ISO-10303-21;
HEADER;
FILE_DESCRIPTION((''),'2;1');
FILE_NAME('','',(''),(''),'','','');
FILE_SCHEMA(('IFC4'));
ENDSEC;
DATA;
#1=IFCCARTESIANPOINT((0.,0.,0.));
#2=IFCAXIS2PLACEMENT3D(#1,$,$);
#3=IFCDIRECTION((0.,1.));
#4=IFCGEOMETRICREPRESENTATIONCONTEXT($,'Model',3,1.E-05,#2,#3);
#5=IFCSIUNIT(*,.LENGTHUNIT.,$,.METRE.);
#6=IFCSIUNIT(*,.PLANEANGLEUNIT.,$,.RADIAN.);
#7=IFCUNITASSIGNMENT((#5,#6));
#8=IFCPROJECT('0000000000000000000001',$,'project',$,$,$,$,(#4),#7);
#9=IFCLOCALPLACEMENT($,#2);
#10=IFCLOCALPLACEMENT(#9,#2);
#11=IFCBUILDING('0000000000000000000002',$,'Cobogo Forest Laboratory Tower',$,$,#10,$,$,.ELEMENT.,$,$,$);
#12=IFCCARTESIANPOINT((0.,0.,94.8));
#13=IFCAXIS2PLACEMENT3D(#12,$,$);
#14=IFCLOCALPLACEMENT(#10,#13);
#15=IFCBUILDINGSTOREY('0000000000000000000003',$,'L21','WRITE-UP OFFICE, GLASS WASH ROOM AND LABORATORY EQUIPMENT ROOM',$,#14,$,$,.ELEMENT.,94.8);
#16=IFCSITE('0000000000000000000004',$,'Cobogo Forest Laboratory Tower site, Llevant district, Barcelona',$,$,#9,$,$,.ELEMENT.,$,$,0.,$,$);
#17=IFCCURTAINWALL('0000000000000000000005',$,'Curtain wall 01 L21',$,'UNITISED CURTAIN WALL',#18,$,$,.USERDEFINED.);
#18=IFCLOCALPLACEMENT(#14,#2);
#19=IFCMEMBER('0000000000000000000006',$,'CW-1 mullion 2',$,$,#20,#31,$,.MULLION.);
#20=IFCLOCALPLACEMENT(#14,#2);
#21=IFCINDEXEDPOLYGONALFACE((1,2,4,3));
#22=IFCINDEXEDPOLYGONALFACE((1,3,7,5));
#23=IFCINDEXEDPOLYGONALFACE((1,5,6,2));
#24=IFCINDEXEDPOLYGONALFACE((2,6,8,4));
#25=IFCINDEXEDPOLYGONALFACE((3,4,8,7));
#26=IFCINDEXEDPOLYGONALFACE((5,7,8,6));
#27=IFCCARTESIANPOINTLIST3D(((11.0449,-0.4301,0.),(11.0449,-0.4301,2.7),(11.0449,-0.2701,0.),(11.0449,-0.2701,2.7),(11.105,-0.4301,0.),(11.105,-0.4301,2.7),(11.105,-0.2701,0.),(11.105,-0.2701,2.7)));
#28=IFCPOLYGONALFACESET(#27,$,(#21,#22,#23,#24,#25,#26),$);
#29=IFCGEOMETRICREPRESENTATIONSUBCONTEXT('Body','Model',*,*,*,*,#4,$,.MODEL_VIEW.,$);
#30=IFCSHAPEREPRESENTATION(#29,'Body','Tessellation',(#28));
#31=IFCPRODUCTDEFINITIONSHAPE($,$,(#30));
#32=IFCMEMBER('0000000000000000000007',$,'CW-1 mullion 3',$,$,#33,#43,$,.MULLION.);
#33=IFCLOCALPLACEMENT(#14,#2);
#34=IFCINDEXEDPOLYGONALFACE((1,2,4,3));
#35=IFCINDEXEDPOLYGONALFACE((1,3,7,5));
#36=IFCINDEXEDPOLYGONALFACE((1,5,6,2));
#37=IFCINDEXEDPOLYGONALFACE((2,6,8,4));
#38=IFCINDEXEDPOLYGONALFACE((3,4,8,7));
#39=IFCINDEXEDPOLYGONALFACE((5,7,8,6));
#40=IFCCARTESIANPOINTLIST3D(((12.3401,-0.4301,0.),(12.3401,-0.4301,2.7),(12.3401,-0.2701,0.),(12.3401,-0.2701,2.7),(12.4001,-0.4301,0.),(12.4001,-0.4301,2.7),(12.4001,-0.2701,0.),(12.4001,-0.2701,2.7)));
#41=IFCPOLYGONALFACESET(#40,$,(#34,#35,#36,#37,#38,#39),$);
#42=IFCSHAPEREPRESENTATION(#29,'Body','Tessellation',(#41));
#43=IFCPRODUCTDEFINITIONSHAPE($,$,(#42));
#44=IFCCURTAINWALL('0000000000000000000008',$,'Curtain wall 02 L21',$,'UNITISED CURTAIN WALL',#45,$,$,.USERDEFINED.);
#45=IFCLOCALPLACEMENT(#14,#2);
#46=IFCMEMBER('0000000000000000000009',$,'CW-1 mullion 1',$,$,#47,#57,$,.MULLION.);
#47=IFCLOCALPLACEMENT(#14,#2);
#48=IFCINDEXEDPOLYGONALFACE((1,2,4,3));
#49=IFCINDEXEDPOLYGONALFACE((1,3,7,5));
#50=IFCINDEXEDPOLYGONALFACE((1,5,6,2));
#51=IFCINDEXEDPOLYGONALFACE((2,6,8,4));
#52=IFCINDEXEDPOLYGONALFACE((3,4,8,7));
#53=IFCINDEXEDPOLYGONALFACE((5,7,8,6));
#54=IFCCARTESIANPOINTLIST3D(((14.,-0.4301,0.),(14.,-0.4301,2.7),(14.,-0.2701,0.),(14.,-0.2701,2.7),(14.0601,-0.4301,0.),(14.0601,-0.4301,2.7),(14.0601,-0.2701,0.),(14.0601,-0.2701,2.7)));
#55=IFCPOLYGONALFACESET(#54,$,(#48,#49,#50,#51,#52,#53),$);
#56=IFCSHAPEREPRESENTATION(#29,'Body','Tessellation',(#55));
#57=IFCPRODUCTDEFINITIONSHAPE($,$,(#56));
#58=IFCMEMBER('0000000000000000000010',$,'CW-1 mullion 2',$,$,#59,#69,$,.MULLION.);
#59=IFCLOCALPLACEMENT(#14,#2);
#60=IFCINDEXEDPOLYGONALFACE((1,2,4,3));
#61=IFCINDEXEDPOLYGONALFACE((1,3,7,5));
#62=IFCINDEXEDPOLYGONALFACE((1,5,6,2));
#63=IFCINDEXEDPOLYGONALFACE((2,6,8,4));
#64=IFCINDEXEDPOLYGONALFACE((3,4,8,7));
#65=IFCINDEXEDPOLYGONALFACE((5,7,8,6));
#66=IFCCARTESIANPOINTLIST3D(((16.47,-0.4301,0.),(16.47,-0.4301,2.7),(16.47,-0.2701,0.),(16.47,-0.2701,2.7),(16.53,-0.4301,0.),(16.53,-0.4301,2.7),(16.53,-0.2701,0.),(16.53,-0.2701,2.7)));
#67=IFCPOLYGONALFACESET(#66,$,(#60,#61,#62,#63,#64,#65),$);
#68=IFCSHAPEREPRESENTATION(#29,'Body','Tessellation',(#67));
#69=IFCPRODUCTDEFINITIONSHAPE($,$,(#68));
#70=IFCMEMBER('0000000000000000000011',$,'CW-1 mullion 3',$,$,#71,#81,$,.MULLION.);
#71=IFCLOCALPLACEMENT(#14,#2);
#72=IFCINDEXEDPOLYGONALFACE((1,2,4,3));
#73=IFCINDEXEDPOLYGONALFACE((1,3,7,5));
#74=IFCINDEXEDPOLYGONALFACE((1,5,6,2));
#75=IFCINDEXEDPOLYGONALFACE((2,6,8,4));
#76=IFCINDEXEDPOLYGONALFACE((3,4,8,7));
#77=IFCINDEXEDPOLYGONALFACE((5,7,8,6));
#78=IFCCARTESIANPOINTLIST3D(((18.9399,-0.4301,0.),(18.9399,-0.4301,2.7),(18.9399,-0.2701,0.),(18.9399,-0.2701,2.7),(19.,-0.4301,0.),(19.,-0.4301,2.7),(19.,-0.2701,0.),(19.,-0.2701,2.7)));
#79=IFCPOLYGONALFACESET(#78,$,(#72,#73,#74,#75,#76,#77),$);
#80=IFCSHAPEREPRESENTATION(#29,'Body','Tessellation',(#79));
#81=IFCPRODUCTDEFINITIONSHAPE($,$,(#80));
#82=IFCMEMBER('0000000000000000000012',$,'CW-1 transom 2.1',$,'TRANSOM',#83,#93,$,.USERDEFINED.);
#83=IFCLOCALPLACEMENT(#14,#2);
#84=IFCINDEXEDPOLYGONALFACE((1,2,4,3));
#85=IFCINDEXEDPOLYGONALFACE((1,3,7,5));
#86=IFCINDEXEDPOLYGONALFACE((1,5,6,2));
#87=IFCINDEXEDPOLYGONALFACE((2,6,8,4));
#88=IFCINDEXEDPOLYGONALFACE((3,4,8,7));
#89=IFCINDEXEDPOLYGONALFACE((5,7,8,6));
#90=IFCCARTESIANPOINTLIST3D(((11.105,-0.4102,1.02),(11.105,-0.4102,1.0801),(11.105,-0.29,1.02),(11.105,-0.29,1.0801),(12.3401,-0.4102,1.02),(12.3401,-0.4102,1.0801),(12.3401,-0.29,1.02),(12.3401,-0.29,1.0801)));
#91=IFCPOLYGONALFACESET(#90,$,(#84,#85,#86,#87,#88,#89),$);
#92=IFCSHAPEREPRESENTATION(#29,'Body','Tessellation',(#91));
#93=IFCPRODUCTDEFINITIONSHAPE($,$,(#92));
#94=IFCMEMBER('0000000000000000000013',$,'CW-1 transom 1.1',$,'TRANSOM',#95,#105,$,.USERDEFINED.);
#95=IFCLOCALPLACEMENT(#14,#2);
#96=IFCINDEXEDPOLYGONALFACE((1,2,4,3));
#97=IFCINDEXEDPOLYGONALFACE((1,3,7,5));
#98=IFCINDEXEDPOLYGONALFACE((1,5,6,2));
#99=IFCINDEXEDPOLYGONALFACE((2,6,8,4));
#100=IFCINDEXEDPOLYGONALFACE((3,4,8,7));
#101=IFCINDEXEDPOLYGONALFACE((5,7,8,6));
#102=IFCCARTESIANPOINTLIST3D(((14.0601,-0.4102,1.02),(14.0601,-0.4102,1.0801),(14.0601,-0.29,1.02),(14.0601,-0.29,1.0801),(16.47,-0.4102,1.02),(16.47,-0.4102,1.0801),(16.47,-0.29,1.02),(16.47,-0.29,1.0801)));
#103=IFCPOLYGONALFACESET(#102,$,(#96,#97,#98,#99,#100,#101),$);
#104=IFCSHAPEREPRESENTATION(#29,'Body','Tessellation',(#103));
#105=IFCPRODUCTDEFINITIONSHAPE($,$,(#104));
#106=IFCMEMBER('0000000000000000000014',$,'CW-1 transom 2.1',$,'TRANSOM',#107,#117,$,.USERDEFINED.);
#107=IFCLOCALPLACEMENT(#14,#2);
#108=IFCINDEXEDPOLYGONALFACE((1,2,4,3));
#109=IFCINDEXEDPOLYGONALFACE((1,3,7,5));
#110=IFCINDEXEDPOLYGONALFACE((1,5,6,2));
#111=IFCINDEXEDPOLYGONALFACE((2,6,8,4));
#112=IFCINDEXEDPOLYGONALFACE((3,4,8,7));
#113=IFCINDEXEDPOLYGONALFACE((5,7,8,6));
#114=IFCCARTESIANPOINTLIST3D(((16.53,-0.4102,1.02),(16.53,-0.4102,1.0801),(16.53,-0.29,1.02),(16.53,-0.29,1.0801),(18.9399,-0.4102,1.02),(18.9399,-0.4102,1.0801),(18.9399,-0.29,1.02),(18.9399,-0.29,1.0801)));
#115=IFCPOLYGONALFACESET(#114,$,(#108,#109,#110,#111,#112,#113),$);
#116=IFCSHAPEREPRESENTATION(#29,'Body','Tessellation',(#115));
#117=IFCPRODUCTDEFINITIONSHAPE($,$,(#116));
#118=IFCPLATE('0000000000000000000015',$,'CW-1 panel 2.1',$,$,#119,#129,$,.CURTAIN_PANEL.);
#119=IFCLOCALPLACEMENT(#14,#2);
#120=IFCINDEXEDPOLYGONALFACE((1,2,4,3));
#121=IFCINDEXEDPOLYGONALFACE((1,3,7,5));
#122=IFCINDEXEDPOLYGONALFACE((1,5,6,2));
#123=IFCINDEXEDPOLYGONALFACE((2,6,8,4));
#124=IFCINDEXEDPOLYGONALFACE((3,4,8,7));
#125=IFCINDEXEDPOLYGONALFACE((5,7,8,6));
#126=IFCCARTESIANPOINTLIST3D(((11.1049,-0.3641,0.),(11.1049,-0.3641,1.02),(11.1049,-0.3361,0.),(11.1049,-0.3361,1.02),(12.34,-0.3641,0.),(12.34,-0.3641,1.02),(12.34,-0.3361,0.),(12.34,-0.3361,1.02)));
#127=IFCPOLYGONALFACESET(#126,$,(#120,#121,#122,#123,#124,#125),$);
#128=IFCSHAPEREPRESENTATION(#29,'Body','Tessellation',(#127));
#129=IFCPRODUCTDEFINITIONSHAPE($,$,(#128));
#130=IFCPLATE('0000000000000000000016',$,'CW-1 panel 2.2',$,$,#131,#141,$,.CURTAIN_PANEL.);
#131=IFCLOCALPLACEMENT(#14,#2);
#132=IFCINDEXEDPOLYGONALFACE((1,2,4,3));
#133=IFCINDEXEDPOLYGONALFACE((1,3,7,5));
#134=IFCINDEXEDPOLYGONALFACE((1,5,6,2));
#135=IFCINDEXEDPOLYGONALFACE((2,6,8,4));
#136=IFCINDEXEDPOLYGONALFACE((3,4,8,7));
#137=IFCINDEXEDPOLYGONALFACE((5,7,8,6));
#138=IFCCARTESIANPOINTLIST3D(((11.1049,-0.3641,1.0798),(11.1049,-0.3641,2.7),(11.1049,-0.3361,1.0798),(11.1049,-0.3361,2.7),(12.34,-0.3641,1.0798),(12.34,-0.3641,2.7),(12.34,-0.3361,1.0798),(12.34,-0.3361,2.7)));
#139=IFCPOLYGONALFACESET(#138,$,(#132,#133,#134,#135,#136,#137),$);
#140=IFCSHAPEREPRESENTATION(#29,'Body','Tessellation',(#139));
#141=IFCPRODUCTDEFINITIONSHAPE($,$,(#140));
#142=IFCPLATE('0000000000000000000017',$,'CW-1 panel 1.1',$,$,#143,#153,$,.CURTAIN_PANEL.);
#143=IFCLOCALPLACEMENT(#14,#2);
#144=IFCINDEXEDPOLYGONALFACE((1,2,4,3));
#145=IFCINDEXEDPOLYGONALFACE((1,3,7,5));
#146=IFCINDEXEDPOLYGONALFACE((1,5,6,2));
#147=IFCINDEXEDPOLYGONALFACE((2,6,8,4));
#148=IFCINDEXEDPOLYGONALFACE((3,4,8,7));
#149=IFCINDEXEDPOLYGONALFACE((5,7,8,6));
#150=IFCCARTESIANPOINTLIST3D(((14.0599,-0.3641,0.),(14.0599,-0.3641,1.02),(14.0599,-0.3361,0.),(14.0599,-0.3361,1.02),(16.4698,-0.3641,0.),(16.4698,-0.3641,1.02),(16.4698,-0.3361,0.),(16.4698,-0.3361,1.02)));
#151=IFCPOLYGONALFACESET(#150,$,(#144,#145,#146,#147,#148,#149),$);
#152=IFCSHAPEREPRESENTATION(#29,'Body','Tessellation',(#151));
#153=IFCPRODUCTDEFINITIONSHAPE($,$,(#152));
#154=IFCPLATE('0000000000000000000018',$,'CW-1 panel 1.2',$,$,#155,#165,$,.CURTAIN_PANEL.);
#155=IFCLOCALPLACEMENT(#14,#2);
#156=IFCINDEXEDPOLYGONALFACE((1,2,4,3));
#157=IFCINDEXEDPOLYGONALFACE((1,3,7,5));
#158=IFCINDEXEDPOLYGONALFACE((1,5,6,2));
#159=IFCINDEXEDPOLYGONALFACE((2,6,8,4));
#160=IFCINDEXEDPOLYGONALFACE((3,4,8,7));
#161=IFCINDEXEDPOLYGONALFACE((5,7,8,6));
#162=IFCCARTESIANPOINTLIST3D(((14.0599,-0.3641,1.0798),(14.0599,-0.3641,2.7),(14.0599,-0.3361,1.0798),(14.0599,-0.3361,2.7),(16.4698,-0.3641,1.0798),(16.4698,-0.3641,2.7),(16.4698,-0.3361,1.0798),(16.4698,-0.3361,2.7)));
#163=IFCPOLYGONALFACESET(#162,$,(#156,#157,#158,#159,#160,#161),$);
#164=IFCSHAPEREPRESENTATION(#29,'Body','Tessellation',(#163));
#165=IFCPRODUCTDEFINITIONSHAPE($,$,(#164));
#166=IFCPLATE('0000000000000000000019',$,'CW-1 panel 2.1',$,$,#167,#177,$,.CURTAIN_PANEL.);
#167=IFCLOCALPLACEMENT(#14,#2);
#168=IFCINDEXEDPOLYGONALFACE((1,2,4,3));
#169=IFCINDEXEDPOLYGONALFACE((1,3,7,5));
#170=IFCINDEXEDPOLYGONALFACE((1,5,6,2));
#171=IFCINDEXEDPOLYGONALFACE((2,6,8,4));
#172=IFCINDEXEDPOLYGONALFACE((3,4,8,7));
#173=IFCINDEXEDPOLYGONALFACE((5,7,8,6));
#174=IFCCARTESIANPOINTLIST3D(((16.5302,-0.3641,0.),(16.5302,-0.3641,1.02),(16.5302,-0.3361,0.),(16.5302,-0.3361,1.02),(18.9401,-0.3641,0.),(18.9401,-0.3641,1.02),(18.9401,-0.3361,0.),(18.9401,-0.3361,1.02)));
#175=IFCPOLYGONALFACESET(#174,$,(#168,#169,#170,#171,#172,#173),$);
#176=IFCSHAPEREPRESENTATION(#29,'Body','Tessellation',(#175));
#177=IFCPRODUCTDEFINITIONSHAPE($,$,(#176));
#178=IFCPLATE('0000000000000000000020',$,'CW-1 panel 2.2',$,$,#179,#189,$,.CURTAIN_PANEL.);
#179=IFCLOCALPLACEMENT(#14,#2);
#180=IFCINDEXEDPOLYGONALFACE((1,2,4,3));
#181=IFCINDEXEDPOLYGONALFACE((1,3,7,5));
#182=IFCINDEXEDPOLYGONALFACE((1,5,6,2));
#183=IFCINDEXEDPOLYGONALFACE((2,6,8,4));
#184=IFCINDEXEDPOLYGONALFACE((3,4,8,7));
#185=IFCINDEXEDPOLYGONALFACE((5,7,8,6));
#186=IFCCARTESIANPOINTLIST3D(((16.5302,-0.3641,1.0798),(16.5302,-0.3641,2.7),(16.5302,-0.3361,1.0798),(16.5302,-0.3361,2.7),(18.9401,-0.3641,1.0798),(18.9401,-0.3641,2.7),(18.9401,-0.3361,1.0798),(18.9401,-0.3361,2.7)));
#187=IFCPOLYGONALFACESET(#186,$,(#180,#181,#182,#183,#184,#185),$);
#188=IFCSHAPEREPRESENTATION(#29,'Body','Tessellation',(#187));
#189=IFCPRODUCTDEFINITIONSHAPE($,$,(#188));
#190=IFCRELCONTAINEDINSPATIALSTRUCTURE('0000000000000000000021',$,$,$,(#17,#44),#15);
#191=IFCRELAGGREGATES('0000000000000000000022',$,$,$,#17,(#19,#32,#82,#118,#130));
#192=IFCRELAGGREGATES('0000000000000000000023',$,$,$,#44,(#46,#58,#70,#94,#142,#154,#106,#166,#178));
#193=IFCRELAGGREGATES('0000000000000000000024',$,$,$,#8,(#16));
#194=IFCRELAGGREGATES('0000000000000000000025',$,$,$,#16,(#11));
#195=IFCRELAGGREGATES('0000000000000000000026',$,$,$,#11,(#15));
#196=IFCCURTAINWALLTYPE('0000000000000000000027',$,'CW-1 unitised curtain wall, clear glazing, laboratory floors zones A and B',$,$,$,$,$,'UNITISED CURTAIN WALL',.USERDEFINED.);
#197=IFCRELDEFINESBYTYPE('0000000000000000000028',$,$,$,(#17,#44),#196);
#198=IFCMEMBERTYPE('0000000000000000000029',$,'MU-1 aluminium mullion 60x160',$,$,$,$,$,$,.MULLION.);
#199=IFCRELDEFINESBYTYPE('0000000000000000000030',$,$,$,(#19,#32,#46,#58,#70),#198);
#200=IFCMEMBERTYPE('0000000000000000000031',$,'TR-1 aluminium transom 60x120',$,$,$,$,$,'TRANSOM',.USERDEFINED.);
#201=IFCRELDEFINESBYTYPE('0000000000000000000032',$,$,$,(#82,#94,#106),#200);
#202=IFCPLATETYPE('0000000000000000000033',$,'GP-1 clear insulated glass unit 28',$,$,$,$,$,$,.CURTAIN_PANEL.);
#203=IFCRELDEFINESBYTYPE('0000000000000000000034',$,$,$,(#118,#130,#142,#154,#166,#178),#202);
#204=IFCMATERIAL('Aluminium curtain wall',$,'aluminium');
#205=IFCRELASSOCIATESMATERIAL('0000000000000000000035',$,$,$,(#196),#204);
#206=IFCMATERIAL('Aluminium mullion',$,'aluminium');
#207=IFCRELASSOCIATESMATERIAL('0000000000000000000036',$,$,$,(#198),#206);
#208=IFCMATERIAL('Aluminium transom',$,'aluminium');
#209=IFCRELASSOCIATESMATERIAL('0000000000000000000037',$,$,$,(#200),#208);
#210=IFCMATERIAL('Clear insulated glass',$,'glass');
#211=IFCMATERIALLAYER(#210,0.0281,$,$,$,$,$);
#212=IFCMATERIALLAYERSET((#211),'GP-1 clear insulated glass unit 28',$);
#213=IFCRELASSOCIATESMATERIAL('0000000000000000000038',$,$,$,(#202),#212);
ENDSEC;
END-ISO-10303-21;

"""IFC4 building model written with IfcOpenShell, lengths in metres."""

from ifc_helpers import new_model, si_unit, direction, frame, origin, origin_2d, place, context, subcontext, project, spatial, rectangle, extrude, material, layer, layer_set, material_profile, profile_set, type_object, element, aggregate, save


model = new_model("IFC4")

# Units and contexts
model_context = context("Model", 3, precision=1e-05, world=origin(), true_north=direction((0.0, 1.0)))
body_context = subcontext(model_context, "Body", "Model", "MODEL_VIEW")
ifc_project = project(units=[si_unit("LENGTHUNIT", "METRE"), si_unit("PLANEANGLEUNIT", "RADIAN")], contexts=[model_context])

# Site, building, storey
site_placement = place(None, origin())
site = spatial("IfcSite", under=ifc_project, at=site_placement, Name="Cobogo Forest Laboratory Tower site, Llevant district, Barcelona", CompositionType="ELEMENT", RefElevation=0.0)
building_placement = place(site_placement, origin())
building = spatial("IfcBuilding", under=site, at=building_placement, Name="Cobogo Forest Laboratory Tower", CompositionType="ELEMENT")
storey_placement = place(building_placement, frame((0.0, 0.0, 94.8)))
storey = spatial("IfcBuildingStorey", under=building, at=storey_placement, Name="L21", Description="WRITE-UP OFFICE, GLASS WASH ROOM AND LABORATORY EQUIPMENT ROOM", CompositionType="ELEMENT", Elevation=94.8)

# Curtain walls, members
ifc_material_1 = material(Name="Aluminium curtain wall", Category="aluminium")
curtain_wall_type = type_object("IfcCurtainWallType", Name="CW-1 unitised curtain wall, clear glazing, laboratory floors zones A and B", ElementType="UNITISED CURTAIN WALL", PredefinedType="USERDEFINED", material=ifc_material_1)
curtain_wall_1_placement = place(storey_placement, origin())
curtain_wall_1 = element("IfcCurtainWall", 1, at=curtain_wall_1_placement, inside=storey, type_object=curtain_wall_type, Name="Curtain wall 01 L21", ObjectType="UNITISED CURTAIN WALL", PredefinedType="USERDEFINED")
ifc_material_2 = material(Name="Aluminium mullion", Category="aluminium")
ifc_material_profile_1 = material_profile(ifc_material_2, rectangle(XDim=0.0601, YDim=0.1599, at=origin_2d()), Name="AL 60x160")
ifc_profile_set_1 = profile_set([ifc_material_profile_1], Name="Aluminium mullion")
member_type_1 = type_object("IfcMemberType", Name="MU-1 aluminium mullion 60x160", PredefinedType="MULLION", material=ifc_profile_set_1)
member_1_placement = place(storey_placement, frame((11.075, -0.3501, 0.0), z_axis=(0.0, 0.0, 1.0), x_axis=(1.0, 0.0, 0.0)))
member_1 = element("IfcMember", 2, at=member_1_placement, type_object=member_type_1, Name="CW-1 mullion 2", PredefinedType="MULLION", context=body_context, shape_type="SweptSolid", body=[
    extrude(rectangle(XDim=0.0601, YDim=0.1599, at=origin_2d()), origin(), (0.0, 0.0, 1.0), 2.7),
])
member_2_placement = place(storey_placement, frame((12.3701, -0.3501, 0.0), z_axis=(0.0, 0.0, 1.0), x_axis=(1.0, 0.0, 0.0)))
member_2 = element("IfcMember", 3, at=member_2_placement, type_object=member_type_1, Name="CW-1 mullion 3", PredefinedType="MULLION", context=body_context, shape_type="SweptSolid", body=[
    extrude(rectangle(XDim=0.0601, YDim=0.1599, at=origin_2d()), origin(), (0.0, 0.0, 1.0), 2.7),
])
curtain_wall_2_placement = place(storey_placement, origin())
curtain_wall_2 = element("IfcCurtainWall", 4, at=curtain_wall_2_placement, inside=storey, type_object=curtain_wall_type, Name="Curtain wall 02 L21", ObjectType="UNITISED CURTAIN WALL", PredefinedType="USERDEFINED")
member_3_placement = place(storey_placement, frame((14.03, -0.3501, 0.0), z_axis=(0.0, 0.0, 1.0), x_axis=(1.0, 0.0, 0.0)))
member_3 = element("IfcMember", 5, at=member_3_placement, type_object=member_type_1, Name="CW-1 mullion 1", PredefinedType="MULLION", context=body_context, shape_type="SweptSolid", body=[
    extrude(rectangle(XDim=0.0601, YDim=0.1599, at=origin_2d()), origin(), (0.0, 0.0, 1.0), 2.7),
])
member_4_placement = place(storey_placement, frame((16.5, -0.3501, 0.0), z_axis=(0.0, 0.0, 1.0), x_axis=(1.0, 0.0, 0.0)))
member_4 = element("IfcMember", 6, at=member_4_placement, type_object=member_type_1, Name="CW-1 mullion 2", PredefinedType="MULLION", context=body_context, shape_type="SweptSolid", body=[
    extrude(rectangle(XDim=0.0601, YDim=0.1599, at=origin_2d()), origin(), (0.0, 0.0, 1.0), 2.7),
])
member_5_placement = place(storey_placement, frame((18.97, -0.3501, 0.0), z_axis=(0.0, 0.0, 1.0), x_axis=(1.0, 0.0, 0.0)))
member_5 = element("IfcMember", 7, at=member_5_placement, type_object=member_type_1, Name="CW-1 mullion 3", PredefinedType="MULLION", context=body_context, shape_type="SweptSolid", body=[
    extrude(rectangle(XDim=0.0601, YDim=0.1599, at=origin_2d()), origin(), (0.0, 0.0, 1.0), 2.7),
])

# Members
ifc_material_3 = material(Name="Aluminium transom", Category="aluminium")
ifc_material_profile_2 = material_profile(ifc_material_3, rectangle(XDim=0.1201, YDim=0.0601, at=origin_2d()), Name="AL 60x120")
ifc_profile_set_2 = profile_set([ifc_material_profile_2], Name="Aluminium transom")
member_type_2 = type_object("IfcMemberType", Name="TR-1 aluminium transom 60x120", ElementType="TRANSOM", PredefinedType="USERDEFINED", material=ifc_profile_set_2)
member_6_placement = place(storey_placement, frame((11.105, -0.3501, 1.05), z_axis=(1.0, 0.0, 0.0), x_axis=(0.0, 1.0, 0.0)))
member_6 = element("IfcMember", 8, at=member_6_placement, type_object=member_type_2, Name="CW-1 transom 2.1", ObjectType="TRANSOM", PredefinedType="USERDEFINED", context=body_context, shape_type="SweptSolid", body=[
    extrude(rectangle(XDim=0.1201, YDim=0.0601, at=origin_2d()), origin(), (0.0, 0.0, 1.0), 1.2351),
])
member_7_placement = place(storey_placement, frame((14.0601, -0.3501, 1.05), z_axis=(1.0, 0.0, 0.0), x_axis=(0.0, 1.0, 0.0)))
member_7 = element("IfcMember", 9, at=member_7_placement, type_object=member_type_2, Name="CW-1 transom 1.1", ObjectType="TRANSOM", PredefinedType="USERDEFINED", context=body_context, shape_type="SweptSolid", body=[
    extrude(rectangle(XDim=0.1201, YDim=0.0601, at=origin_2d()), origin(), (0.0, 0.0, 1.0), 2.4099),
])
member_8_placement = place(storey_placement, frame((16.53, -0.3501, 1.05), z_axis=(1.0, 0.0, 0.0), x_axis=(0.0, 1.0, 0.0)))
member_8 = element("IfcMember", 10, at=member_8_placement, type_object=member_type_2, Name="CW-1 transom 2.1", ObjectType="TRANSOM", PredefinedType="USERDEFINED", context=body_context, shape_type="SweptSolid", body=[
    extrude(rectangle(XDim=0.1201, YDim=0.0601, at=origin_2d()), origin(), (0.0, 0.0, 1.0), 2.4099),
])

# Plates
ifc_material_4 = material(Name="Clear insulated glass", Category="glass")
ifc_layer = layer(ifc_material_4, 0.0281)
ifc_layer_set = layer_set([ifc_layer], Name="GP-1 clear insulated glass unit 28")
plate_type_1 = type_object("IfcPlateType", Name="GP-1 clear insulated glass unit 28", PredefinedType="CURTAIN_PANEL", material=ifc_layer_set)
plate_1_placement = place(storey_placement, frame((11.7224, -0.3501, 0.0), z_axis=(0.0, 0.0, 1.0), x_axis=(1.0, 0.0, 0.0)))
plate_1 = element("IfcPlate", 11, at=plate_1_placement, type_object=plate_type_1, Name="CW-1 panel 2.1", PredefinedType="CURTAIN_PANEL", context=body_context, shape_type="SweptSolid", body=[
    extrude(rectangle(XDim=1.2351, YDim=0.0281, at=origin_2d()), origin(), (0.0, 0.0, 1.0), 1.02),
])
plate_2_placement = place(storey_placement, frame((11.7224, -0.3501, 1.0798), z_axis=(0.0, 0.0, 1.0), x_axis=(1.0, 0.0, 0.0)))
plate_2 = element("IfcPlate", 12, at=plate_2_placement, type_object=plate_type_1, Name="CW-1 panel 2.2", PredefinedType="CURTAIN_PANEL", context=body_context, shape_type="SweptSolid", body=[
    extrude(rectangle(XDim=1.2351, YDim=0.0281, at=origin_2d()), origin(), (0.0, 0.0, 1.0), 1.6201),
])
aggregate(curtain_wall_1, [member_1, member_2, member_6, plate_1, plate_2])
plate_3_placement = place(storey_placement, frame((15.2649, -0.3501, 0.0), z_axis=(0.0, 0.0, 1.0), x_axis=(1.0, 0.0, 0.0)))
plate_3 = element("IfcPlate", 13, at=plate_3_placement, type_object=plate_type_1, Name="CW-1 panel 1.1", PredefinedType="CURTAIN_PANEL", context=body_context, shape_type="SweptSolid", body=[
    extrude(rectangle(XDim=2.4099, YDim=0.0281, at=origin_2d()), origin(), (0.0, 0.0, 1.0), 1.02),
])
plate_4_placement = place(storey_placement, frame((15.2649, -0.3501, 1.0798), z_axis=(0.0, 0.0, 1.0), x_axis=(1.0, 0.0, 0.0)))
plate_4 = element("IfcPlate", 14, at=plate_4_placement, type_object=plate_type_1, Name="CW-1 panel 1.2", PredefinedType="CURTAIN_PANEL", context=body_context, shape_type="SweptSolid", body=[
    extrude(rectangle(XDim=2.4099, YDim=0.0281, at=origin_2d()), origin(), (0.0, 0.0, 1.0), 1.6201),
])
plate_5_placement = place(storey_placement, frame((17.7351, -0.3501, 0.0), z_axis=(0.0, 0.0, 1.0), x_axis=(1.0, 0.0, 0.0)))
plate_5 = element("IfcPlate", 15, at=plate_5_placement, type_object=plate_type_1, Name="CW-1 panel 2.1", PredefinedType="CURTAIN_PANEL", context=body_context, shape_type="SweptSolid", body=[
    extrude(rectangle(XDim=2.4099, YDim=0.0281, at=origin_2d()), origin(), (0.0, 0.0, 1.0), 1.02),
])
plate_6_placement = place(storey_placement, frame((17.7351, -0.3501, 1.0798), z_axis=(0.0, 0.0, 1.0), x_axis=(1.0, 0.0, 0.0)))
plate_6 = element("IfcPlate", 16, at=plate_6_placement, type_object=plate_type_1, Name="CW-1 panel 2.2", PredefinedType="CURTAIN_PANEL", context=body_context, shape_type="SweptSolid", body=[
    extrude(rectangle(XDim=2.4099, YDim=0.0281, at=origin_2d()), origin(), (0.0, 0.0, 1.0), 1.6201),
])
aggregate(curtain_wall_2, [member_3, member_4, member_5, member_7, plate_3, plate_4, member_8, plate_5, plate_6])

save(model, "model.ifc")
